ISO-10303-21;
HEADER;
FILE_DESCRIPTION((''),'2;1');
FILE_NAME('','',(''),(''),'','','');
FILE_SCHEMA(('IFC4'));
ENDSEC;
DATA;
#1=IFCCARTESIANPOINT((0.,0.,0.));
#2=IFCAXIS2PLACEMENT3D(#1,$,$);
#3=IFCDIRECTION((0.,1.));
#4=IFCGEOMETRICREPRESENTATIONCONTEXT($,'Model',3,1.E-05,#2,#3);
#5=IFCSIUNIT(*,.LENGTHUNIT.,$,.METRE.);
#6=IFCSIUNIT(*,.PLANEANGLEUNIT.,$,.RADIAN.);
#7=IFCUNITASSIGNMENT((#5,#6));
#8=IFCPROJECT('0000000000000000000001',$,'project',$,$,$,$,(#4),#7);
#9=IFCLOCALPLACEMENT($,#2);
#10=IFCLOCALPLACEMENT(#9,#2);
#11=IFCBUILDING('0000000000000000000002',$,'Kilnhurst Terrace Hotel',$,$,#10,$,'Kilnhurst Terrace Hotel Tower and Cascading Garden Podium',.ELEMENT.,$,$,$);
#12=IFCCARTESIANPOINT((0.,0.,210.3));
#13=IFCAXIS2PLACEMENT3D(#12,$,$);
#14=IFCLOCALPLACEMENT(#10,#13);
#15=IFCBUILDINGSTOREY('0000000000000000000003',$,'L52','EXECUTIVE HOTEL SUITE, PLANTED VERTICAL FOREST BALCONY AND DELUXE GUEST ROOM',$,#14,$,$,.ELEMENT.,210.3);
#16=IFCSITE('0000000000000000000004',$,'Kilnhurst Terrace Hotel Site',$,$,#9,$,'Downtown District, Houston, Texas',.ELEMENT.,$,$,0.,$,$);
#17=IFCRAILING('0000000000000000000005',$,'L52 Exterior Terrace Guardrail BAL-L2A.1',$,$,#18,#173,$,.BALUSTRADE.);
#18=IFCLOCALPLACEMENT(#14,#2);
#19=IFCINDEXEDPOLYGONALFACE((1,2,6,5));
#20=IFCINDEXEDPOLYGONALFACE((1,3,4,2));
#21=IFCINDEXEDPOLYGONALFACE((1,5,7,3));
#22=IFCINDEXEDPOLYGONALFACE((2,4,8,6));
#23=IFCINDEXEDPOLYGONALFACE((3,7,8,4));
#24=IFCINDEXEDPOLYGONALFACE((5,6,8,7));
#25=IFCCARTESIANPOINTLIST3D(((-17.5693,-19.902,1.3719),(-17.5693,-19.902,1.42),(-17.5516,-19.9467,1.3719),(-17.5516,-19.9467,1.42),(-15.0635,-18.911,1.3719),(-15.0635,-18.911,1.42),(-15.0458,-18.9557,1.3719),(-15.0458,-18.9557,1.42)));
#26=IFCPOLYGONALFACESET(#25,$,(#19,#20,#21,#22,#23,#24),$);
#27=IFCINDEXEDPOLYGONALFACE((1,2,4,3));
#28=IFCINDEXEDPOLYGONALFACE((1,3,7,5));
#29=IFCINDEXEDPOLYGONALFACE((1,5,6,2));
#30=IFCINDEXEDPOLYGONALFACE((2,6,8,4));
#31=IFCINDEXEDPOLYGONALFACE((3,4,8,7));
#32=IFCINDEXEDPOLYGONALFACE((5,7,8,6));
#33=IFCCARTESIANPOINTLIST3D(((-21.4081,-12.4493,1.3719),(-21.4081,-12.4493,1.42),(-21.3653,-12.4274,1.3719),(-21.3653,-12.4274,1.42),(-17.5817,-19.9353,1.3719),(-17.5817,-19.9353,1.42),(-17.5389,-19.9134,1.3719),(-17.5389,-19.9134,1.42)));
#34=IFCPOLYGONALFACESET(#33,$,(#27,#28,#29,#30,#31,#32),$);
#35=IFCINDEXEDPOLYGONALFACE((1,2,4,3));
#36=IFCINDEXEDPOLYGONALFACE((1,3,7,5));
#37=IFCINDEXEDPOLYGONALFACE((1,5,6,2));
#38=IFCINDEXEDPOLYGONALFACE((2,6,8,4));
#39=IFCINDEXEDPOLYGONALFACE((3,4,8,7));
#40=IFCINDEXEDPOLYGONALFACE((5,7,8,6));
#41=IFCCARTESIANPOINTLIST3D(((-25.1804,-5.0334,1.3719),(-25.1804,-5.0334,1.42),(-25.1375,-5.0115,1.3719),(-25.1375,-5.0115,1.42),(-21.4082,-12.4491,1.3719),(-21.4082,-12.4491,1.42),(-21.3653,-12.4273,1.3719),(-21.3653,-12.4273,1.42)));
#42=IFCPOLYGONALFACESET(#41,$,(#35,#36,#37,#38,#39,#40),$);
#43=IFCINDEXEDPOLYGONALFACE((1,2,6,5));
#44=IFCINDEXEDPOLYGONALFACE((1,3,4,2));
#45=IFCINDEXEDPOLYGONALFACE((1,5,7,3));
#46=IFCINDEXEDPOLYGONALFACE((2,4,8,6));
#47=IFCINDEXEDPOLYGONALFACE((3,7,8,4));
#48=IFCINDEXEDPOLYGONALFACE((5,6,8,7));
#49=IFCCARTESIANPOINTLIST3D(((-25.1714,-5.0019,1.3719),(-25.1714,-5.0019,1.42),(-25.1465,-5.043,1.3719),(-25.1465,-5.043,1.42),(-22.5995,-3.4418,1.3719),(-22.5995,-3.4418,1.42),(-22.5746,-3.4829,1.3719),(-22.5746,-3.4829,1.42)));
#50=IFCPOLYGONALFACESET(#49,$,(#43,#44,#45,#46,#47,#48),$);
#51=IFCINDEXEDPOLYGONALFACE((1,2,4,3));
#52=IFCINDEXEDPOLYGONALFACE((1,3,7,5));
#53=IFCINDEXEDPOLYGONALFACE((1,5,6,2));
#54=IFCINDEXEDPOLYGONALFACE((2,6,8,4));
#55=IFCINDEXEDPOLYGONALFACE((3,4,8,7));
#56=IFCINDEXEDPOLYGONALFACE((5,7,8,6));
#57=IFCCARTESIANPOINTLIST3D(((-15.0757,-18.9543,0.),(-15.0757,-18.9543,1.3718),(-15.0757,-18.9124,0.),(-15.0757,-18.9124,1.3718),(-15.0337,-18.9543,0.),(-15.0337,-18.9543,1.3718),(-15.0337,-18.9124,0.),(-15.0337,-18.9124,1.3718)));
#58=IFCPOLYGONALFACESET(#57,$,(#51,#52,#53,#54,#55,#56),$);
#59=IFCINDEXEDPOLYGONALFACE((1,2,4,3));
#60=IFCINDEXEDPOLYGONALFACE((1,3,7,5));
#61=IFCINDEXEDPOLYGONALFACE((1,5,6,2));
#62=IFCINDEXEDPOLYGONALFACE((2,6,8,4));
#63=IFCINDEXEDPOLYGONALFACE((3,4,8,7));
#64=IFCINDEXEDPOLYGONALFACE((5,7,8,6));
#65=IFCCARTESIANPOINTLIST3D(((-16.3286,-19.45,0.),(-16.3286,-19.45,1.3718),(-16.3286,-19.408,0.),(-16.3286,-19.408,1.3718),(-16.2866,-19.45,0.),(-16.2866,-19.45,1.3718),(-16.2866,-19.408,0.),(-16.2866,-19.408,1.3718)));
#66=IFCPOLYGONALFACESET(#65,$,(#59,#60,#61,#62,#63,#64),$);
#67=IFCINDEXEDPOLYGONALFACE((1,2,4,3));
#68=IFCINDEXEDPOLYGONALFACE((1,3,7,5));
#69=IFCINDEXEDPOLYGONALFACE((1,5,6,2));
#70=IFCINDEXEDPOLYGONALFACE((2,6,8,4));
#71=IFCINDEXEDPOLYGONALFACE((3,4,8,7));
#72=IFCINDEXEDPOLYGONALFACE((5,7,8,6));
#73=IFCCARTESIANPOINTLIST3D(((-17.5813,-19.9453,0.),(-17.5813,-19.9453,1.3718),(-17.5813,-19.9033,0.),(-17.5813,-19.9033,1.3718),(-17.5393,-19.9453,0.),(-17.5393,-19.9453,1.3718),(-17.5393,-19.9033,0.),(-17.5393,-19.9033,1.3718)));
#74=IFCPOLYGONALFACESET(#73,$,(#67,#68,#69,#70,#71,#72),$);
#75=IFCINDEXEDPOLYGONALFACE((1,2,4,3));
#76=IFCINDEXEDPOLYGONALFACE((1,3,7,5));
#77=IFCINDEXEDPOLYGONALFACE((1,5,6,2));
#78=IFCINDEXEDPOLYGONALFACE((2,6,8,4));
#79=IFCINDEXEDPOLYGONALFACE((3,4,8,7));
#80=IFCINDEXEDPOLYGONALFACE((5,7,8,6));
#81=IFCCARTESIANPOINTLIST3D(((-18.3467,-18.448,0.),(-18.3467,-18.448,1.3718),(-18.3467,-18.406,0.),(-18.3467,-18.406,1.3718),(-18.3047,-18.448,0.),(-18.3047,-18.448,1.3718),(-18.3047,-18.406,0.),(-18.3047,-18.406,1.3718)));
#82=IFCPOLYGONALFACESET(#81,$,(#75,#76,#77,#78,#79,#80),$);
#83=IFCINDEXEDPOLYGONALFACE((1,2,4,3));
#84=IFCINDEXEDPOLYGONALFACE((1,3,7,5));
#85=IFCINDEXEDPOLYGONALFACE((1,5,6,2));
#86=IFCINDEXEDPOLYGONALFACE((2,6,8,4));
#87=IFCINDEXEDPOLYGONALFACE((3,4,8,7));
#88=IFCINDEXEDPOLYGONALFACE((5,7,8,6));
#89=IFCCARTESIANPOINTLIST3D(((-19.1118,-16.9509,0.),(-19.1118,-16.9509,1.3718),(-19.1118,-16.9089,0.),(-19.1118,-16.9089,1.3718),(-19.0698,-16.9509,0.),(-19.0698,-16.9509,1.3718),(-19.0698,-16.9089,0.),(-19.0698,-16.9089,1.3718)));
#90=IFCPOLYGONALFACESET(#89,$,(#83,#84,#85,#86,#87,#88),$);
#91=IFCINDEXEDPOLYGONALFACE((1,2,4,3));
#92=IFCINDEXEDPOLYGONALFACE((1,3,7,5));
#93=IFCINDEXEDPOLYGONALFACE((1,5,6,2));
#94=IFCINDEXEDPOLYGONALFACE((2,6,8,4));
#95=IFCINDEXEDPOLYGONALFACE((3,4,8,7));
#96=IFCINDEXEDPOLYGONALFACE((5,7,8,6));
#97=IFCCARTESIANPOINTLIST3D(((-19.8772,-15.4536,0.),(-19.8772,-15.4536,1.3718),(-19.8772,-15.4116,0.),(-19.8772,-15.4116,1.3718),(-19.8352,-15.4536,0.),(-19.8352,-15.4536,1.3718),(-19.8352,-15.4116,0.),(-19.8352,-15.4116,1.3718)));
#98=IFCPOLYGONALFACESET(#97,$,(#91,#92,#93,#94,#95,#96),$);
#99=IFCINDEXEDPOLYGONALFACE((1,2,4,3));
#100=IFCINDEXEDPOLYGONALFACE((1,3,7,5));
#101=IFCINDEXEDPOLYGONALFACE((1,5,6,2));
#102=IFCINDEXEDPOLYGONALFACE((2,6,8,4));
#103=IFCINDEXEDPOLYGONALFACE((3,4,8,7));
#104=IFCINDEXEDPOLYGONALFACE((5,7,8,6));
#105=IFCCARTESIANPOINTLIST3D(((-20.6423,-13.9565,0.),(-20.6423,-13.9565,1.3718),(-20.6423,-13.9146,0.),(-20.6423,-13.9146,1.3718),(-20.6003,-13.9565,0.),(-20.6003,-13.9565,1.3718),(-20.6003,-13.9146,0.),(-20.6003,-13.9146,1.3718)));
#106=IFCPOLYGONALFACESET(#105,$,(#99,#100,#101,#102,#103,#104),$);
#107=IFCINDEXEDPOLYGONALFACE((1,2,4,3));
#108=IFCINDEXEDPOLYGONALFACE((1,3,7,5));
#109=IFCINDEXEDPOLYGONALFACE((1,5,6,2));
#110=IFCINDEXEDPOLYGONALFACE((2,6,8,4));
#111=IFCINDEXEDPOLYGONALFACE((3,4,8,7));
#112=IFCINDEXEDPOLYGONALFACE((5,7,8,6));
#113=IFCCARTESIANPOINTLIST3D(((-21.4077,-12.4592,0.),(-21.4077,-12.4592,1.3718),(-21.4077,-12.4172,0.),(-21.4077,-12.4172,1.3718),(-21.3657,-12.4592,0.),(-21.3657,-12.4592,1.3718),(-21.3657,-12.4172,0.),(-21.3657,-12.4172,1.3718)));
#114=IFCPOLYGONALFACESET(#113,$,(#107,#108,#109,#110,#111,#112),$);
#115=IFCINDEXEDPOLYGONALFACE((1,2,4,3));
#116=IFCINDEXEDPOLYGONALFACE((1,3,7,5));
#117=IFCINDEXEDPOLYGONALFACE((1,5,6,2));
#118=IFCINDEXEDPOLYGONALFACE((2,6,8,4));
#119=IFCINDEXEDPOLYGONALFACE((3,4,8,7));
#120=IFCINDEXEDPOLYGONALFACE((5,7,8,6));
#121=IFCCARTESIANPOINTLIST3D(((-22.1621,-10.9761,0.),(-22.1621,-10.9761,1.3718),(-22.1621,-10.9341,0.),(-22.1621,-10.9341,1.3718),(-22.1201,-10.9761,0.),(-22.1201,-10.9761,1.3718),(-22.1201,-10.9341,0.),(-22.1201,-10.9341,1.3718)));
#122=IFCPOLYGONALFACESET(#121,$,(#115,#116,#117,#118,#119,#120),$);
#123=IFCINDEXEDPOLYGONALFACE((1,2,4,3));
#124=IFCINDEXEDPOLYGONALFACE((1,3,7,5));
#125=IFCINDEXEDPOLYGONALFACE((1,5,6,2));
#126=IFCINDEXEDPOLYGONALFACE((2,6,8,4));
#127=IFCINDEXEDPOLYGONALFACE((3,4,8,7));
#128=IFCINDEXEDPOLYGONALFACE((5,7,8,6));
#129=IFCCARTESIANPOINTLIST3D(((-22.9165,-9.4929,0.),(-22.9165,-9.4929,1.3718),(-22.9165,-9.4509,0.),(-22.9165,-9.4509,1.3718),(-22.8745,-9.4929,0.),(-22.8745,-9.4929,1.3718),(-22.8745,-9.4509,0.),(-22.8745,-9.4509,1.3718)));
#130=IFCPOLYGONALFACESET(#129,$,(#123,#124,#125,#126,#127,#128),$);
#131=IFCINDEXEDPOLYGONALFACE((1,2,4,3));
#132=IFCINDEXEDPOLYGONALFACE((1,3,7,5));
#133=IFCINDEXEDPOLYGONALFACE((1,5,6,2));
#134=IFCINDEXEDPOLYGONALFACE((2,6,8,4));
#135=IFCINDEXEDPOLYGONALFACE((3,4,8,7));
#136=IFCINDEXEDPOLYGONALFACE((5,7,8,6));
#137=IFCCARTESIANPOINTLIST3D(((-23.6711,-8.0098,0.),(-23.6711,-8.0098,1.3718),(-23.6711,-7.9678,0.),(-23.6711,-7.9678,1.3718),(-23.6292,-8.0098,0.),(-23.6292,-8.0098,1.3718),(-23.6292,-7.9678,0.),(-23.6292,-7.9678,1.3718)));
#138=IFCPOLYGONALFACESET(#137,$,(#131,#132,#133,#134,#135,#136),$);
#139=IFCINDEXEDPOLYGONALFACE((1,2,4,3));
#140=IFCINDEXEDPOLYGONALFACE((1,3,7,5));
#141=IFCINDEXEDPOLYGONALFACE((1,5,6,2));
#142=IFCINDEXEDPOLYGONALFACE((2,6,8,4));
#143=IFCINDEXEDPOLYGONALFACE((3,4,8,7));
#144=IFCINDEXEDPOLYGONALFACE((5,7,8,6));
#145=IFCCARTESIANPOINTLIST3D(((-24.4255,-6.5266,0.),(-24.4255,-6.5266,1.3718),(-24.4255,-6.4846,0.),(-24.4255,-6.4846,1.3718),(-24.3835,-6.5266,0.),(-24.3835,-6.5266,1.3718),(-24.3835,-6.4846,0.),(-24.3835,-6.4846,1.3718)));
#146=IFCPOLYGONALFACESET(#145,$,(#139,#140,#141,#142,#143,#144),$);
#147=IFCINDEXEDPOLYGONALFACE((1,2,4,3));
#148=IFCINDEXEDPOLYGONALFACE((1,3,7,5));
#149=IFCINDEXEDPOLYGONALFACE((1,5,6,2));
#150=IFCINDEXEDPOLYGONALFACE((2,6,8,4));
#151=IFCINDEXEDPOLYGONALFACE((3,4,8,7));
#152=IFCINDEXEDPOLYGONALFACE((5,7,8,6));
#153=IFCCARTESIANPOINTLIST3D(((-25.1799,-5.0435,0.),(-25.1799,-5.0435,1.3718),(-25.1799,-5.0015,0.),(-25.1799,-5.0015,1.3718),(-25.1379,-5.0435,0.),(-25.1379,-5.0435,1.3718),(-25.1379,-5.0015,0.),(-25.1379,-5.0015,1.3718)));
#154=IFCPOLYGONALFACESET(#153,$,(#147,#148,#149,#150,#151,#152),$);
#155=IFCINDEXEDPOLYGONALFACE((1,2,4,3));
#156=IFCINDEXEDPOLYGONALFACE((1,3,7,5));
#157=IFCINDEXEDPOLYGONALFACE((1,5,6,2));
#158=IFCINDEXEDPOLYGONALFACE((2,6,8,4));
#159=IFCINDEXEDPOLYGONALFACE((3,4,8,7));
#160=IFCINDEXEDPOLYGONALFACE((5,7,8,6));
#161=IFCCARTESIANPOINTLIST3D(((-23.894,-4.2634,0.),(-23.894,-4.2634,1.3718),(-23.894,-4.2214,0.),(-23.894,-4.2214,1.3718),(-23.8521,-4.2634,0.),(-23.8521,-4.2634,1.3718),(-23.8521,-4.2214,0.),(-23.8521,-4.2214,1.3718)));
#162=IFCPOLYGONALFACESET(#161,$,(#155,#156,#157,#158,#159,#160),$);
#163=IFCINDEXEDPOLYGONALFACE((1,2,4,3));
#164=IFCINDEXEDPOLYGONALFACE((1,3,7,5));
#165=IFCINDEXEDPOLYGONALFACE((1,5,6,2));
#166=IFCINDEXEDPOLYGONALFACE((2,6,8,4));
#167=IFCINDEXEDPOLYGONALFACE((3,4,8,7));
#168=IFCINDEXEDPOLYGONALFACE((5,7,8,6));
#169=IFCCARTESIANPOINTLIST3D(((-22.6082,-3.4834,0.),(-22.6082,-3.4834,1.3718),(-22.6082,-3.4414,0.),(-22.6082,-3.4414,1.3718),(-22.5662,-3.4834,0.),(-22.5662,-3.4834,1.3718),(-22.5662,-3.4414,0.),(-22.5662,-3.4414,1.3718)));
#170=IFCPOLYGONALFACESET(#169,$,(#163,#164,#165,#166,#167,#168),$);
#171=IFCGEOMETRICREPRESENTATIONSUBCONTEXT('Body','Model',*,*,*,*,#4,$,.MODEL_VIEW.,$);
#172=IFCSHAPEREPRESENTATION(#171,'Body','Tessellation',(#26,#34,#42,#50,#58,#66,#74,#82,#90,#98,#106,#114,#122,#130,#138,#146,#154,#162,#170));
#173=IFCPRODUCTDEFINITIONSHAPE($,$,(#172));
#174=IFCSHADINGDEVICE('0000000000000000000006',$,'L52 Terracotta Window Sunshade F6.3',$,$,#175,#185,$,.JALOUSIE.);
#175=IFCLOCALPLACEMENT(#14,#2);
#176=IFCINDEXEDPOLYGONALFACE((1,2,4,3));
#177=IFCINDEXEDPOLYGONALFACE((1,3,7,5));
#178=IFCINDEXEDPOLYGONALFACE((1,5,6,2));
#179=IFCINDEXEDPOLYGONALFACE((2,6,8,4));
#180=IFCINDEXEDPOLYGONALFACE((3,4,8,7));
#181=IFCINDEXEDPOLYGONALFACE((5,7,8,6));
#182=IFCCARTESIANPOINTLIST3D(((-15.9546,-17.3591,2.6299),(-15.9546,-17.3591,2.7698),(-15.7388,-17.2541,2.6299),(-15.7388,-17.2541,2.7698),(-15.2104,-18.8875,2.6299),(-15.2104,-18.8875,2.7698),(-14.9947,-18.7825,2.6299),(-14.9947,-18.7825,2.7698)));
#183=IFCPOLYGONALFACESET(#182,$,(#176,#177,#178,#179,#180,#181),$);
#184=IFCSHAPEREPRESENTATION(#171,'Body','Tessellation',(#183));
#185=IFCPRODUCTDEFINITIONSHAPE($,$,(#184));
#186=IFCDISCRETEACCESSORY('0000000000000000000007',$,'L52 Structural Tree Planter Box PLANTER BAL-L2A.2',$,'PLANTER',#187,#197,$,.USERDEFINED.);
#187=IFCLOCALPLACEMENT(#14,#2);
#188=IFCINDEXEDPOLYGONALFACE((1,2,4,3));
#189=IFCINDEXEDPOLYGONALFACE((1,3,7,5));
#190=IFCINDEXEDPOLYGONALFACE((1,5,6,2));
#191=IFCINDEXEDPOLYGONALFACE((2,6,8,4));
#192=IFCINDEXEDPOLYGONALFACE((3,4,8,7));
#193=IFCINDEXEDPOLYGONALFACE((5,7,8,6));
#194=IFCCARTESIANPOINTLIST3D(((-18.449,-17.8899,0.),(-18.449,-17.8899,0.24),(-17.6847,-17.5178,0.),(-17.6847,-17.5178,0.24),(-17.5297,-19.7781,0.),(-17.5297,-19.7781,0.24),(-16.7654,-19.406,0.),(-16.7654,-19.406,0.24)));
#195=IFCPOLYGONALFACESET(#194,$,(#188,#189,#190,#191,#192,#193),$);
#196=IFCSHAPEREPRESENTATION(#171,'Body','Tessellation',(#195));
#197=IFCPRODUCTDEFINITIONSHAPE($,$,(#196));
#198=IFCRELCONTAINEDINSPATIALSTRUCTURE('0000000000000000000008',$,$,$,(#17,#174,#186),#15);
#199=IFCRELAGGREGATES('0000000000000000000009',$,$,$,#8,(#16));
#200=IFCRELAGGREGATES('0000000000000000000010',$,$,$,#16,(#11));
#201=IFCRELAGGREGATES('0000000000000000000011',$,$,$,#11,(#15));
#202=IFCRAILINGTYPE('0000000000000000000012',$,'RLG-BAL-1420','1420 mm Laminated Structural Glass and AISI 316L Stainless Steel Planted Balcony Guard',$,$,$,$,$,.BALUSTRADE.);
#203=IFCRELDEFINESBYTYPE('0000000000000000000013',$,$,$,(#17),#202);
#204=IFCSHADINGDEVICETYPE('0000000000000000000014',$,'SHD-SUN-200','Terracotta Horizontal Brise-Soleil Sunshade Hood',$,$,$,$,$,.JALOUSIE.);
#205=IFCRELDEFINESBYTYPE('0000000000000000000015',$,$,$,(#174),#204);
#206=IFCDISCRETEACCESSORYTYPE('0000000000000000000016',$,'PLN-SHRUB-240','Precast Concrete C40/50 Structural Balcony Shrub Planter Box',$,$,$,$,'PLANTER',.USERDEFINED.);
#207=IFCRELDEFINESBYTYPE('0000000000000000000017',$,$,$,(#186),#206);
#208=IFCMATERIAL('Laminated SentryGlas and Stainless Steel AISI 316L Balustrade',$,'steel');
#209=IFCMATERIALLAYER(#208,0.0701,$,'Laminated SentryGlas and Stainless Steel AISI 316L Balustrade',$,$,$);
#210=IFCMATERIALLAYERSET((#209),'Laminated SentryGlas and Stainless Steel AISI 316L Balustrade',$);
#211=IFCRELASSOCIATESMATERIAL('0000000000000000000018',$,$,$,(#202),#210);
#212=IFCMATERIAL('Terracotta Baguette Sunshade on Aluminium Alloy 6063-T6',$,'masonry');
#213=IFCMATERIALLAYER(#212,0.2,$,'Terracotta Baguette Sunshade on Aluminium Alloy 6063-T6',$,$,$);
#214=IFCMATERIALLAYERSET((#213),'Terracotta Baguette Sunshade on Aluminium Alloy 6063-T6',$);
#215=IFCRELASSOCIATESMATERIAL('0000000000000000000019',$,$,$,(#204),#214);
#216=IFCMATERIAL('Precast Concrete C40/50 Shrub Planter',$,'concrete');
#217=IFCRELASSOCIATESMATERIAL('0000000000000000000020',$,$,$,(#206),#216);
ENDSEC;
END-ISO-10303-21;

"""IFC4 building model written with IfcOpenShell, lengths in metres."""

from ifc_helpers import new_model, si_unit, direction, frame, origin, origin_2d, place, context, subcontext, project, spatial, rectangle, extrude, material, layer, layer_set, type_object, element, save


model = new_model("IFC4")

# Units and contexts
model_context = context("Model", 3, precision=1e-05, world=origin(), true_north=direction((0.0, 1.0)))
body_context = subcontext(model_context, "Body", "Model", "MODEL_VIEW")
ifc_project = project(units=[si_unit("LENGTHUNIT", "METRE"), si_unit("PLANEANGLEUNIT", "RADIAN")], contexts=[model_context])

# Site, building, storey
site_placement = place(None, origin())
site = spatial("IfcSite", under=ifc_project, at=site_placement, Name="Kilnhurst Terrace Hotel Site", LongName="Downtown District, Houston, Texas", CompositionType="ELEMENT", RefElevation=0.0)
building_placement = place(site_placement, origin())
building = spatial("IfcBuilding", under=site, at=building_placement, Name="Kilnhurst Terrace Hotel", LongName="Kilnhurst Terrace Hotel Tower and Cascading Garden Podium", CompositionType="ELEMENT")
storey_placement = place(building_placement, frame((0.0, 0.0, 210.3)))
storey = spatial("IfcBuildingStorey", under=building, at=storey_placement, Name="L52", Description="EXECUTIVE HOTEL SUITE, PLANTED VERTICAL FOREST BALCONY AND DELUXE GUEST ROOM", CompositionType="ELEMENT", Elevation=210.3)

# Railing
ifc_material_1 = material(Name="Laminated SentryGlas and Stainless Steel AISI 316L Balustrade", Category="steel")
ifc_layer_1 = layer(ifc_material_1, 0.0701, Name="Laminated SentryGlas and Stainless Steel AISI 316L Balustrade")
ifc_layer_set_1 = layer_set([ifc_layer_1], Name="Laminated SentryGlas and Stainless Steel AISI 316L Balustrade")
railing_type = type_object("IfcRailingType", Name="RLG-BAL-1420", Description="1420 mm Laminated Structural Glass and AISI 316L Stainless Steel Planted Balcony Guard", PredefinedType="BALUSTRADE", material=ifc_layer_set_1)
railing_placement = place(storey_placement, frame((-15.0547, -18.9333, 0.0)))
element("IfcRailing", 1, at=railing_placement, inside=storey, type_object=railing_type, Name="L52 Exterior Terrace Guardrail BAL-L2A.1", PredefinedType="BALUSTRADE", context=body_context, shape_type="SweptSolid", body=[
    extrude(rectangle(XDim=0.0481, YDim=0.0481, at=origin_2d()), frame((0.0, 0.0, 1.396), z_axis=(-0.929913, -0.367779, 0.0), x_axis=(0.367779, -0.929913, 0.0)), (0.0, 0.0, 1.0), 2.6946),
    extrude(rectangle(XDim=0.0481, YDim=0.0481, at=origin_2d()), frame((-2.5056, -0.991, 1.396), z_axis=(-0.455129, 0.890425, 0.0), x_axis=(-0.890425, -0.455129, 0.0)), (0.0, 0.0, 1.0), 8.4072),
    extrude(rectangle(XDim=0.0481, YDim=0.0481, at=origin_2d()), frame((-6.332, 6.4951, 1.396), z_axis=(-0.453389, 0.891313, 0.0), x_axis=(-0.891313, -0.453389, 0.0)), (0.0, 0.0, 1.0), 8.3201),
    extrude(rectangle(XDim=0.0481, YDim=0.0481, at=origin_2d()), frame((-10.1042, 13.9109, 1.396), z_axis=(0.854991, 0.518643, 0.0), x_axis=(-0.518643, 0.854991, 0.0)), (0.0, 0.0, 1.0), 3.0081),
    extrude(rectangle(XDim=0.042, YDim=0.042, at=origin_2d()), origin(), (0.0, 0.0, 1.0), 1.3718),
    extrude(rectangle(XDim=0.042, YDim=0.042, at=origin_2d()), frame((-1.2529, -0.4956, 0.0)), (0.0, 0.0, 1.0), 1.3718),
    extrude(rectangle(XDim=0.042, YDim=0.042, at=origin_2d()), frame((-2.5056, -0.991, 0.0)), (0.0, 0.0, 1.0), 1.3718),
    extrude(rectangle(XDim=0.042, YDim=0.042, at=origin_2d()), frame((-3.271, 0.5063, 0.0)), (0.0, 0.0, 1.0), 1.3718),
    extrude(rectangle(XDim=0.042, YDim=0.042, at=origin_2d()), frame((-4.0361, 2.0034, 0.0)), (0.0, 0.0, 1.0), 1.3718),
    extrude(rectangle(XDim=0.042, YDim=0.042, at=origin_2d()), frame((-4.8015, 3.5007, 0.0)), (0.0, 0.0, 1.0), 1.3718),
    extrude(rectangle(XDim=0.042, YDim=0.042, at=origin_2d()), frame((-5.5667, 4.9978, 0.0)), (0.0, 0.0, 1.0), 1.3718),
    extrude(rectangle(XDim=0.042, YDim=0.042, at=origin_2d()), frame((-6.332, 6.4951, 0.0)), (0.0, 0.0, 1.0), 1.3718),
    extrude(rectangle(XDim=0.042, YDim=0.042, at=origin_2d()), frame((-7.0864, 7.9783, 0.0)), (0.0, 0.0, 1.0), 1.3718),
    extrude(rectangle(XDim=0.042, YDim=0.042, at=origin_2d()), frame((-7.8408, 9.4614, 0.0)), (0.0, 0.0, 1.0), 1.3718),
    extrude(rectangle(XDim=0.042, YDim=0.042, at=origin_2d()), frame((-8.5955, 10.9446, 0.0)), (0.0, 0.0, 1.0), 1.3718),
    extrude(rectangle(XDim=0.042, YDim=0.042, at=origin_2d()), frame((-9.3499, 12.4277, 0.0)), (0.0, 0.0, 1.0), 1.3718),
    extrude(rectangle(XDim=0.042, YDim=0.042, at=origin_2d()), frame((-10.1042, 13.9109, 0.0)), (0.0, 0.0, 1.0), 1.3718),
    extrude(rectangle(XDim=0.042, YDim=0.042, at=origin_2d()), frame((-8.8184, 14.6909, 0.0)), (0.0, 0.0, 1.0), 1.3718),
    extrude(rectangle(XDim=0.042, YDim=0.042, at=origin_2d()), frame((-7.5325, 15.4709, 0.0)), (0.0, 0.0, 1.0), 1.3718),
])

# Shading device
ifc_material_2 = material(Name="Terracotta Baguette Sunshade on Aluminium Alloy 6063-T6", Category="masonry")
ifc_layer_2 = layer(ifc_material_2, 0.2, Name="Terracotta Baguette Sunshade on Aluminium Alloy 6063-T6")
ifc_layer_set_2 = layer_set([ifc_layer_2], Name="Terracotta Baguette Sunshade on Aluminium Alloy 6063-T6")
shading_device_type = type_object("IfcShadingDeviceType", Name="SHD-SUN-200", Description="Terracotta Horizontal Brise-Soleil Sunshade Hood", PredefinedType="JALOUSIE", material=ifc_layer_set_2)
shading_device_placement = place(storey_placement, frame((-15.4746, -18.0708, 2.6299), z_axis=(0.0, 0.0, 1.0), x_axis=(0.437744, -0.8991, 0.0)))
element("IfcShadingDevice", 2, at=shading_device_placement, inside=storey, type_object=shading_device_type, Name="L52 Terracotta Window Sunshade F6.3", PredefinedType="JALOUSIE", context=body_context, shape_type="SweptSolid", body=[
    extrude(rectangle(XDim=1.7, YDim=0.24, at=origin_2d()), origin(), (0.0, 0.0, 1.0), 0.1399),
])

# Discrete accessory
ifc_material_3 = material(Name="Precast Concrete C40/50 Shrub Planter", Category="concrete")
discrete_accessory_type = type_object("IfcDiscreteAccessoryType", Name="PLN-SHRUB-240", Description="Precast Concrete C40/50 Structural Balcony Shrub Planter Box", ElementType="PLANTER", PredefinedType="USERDEFINED", material=ifc_material_3)
discrete_accessory_placement = place(storey_placement, frame((-17.6072, -18.6479, 0.0), z_axis=(0.0, 0.0, 1.0), x_axis=(0.437744, -0.8991, 0.0)))
element("IfcDiscreteAccessory", 3, at=discrete_accessory_placement, inside=storey, type_object=discrete_accessory_type, Name="L52 Structural Tree Planter Box PLANTER BAL-L2A.2", ObjectType="PLANTER", PredefinedType="USERDEFINED", context=body_context, shape_type="SweptSolid", body=[
    extrude(rectangle(XDim=2.1001, YDim=0.8501, at=origin_2d()), origin(), (0.0, 0.0, 1.0), 0.24),
])

save(model, "model.ifc")
